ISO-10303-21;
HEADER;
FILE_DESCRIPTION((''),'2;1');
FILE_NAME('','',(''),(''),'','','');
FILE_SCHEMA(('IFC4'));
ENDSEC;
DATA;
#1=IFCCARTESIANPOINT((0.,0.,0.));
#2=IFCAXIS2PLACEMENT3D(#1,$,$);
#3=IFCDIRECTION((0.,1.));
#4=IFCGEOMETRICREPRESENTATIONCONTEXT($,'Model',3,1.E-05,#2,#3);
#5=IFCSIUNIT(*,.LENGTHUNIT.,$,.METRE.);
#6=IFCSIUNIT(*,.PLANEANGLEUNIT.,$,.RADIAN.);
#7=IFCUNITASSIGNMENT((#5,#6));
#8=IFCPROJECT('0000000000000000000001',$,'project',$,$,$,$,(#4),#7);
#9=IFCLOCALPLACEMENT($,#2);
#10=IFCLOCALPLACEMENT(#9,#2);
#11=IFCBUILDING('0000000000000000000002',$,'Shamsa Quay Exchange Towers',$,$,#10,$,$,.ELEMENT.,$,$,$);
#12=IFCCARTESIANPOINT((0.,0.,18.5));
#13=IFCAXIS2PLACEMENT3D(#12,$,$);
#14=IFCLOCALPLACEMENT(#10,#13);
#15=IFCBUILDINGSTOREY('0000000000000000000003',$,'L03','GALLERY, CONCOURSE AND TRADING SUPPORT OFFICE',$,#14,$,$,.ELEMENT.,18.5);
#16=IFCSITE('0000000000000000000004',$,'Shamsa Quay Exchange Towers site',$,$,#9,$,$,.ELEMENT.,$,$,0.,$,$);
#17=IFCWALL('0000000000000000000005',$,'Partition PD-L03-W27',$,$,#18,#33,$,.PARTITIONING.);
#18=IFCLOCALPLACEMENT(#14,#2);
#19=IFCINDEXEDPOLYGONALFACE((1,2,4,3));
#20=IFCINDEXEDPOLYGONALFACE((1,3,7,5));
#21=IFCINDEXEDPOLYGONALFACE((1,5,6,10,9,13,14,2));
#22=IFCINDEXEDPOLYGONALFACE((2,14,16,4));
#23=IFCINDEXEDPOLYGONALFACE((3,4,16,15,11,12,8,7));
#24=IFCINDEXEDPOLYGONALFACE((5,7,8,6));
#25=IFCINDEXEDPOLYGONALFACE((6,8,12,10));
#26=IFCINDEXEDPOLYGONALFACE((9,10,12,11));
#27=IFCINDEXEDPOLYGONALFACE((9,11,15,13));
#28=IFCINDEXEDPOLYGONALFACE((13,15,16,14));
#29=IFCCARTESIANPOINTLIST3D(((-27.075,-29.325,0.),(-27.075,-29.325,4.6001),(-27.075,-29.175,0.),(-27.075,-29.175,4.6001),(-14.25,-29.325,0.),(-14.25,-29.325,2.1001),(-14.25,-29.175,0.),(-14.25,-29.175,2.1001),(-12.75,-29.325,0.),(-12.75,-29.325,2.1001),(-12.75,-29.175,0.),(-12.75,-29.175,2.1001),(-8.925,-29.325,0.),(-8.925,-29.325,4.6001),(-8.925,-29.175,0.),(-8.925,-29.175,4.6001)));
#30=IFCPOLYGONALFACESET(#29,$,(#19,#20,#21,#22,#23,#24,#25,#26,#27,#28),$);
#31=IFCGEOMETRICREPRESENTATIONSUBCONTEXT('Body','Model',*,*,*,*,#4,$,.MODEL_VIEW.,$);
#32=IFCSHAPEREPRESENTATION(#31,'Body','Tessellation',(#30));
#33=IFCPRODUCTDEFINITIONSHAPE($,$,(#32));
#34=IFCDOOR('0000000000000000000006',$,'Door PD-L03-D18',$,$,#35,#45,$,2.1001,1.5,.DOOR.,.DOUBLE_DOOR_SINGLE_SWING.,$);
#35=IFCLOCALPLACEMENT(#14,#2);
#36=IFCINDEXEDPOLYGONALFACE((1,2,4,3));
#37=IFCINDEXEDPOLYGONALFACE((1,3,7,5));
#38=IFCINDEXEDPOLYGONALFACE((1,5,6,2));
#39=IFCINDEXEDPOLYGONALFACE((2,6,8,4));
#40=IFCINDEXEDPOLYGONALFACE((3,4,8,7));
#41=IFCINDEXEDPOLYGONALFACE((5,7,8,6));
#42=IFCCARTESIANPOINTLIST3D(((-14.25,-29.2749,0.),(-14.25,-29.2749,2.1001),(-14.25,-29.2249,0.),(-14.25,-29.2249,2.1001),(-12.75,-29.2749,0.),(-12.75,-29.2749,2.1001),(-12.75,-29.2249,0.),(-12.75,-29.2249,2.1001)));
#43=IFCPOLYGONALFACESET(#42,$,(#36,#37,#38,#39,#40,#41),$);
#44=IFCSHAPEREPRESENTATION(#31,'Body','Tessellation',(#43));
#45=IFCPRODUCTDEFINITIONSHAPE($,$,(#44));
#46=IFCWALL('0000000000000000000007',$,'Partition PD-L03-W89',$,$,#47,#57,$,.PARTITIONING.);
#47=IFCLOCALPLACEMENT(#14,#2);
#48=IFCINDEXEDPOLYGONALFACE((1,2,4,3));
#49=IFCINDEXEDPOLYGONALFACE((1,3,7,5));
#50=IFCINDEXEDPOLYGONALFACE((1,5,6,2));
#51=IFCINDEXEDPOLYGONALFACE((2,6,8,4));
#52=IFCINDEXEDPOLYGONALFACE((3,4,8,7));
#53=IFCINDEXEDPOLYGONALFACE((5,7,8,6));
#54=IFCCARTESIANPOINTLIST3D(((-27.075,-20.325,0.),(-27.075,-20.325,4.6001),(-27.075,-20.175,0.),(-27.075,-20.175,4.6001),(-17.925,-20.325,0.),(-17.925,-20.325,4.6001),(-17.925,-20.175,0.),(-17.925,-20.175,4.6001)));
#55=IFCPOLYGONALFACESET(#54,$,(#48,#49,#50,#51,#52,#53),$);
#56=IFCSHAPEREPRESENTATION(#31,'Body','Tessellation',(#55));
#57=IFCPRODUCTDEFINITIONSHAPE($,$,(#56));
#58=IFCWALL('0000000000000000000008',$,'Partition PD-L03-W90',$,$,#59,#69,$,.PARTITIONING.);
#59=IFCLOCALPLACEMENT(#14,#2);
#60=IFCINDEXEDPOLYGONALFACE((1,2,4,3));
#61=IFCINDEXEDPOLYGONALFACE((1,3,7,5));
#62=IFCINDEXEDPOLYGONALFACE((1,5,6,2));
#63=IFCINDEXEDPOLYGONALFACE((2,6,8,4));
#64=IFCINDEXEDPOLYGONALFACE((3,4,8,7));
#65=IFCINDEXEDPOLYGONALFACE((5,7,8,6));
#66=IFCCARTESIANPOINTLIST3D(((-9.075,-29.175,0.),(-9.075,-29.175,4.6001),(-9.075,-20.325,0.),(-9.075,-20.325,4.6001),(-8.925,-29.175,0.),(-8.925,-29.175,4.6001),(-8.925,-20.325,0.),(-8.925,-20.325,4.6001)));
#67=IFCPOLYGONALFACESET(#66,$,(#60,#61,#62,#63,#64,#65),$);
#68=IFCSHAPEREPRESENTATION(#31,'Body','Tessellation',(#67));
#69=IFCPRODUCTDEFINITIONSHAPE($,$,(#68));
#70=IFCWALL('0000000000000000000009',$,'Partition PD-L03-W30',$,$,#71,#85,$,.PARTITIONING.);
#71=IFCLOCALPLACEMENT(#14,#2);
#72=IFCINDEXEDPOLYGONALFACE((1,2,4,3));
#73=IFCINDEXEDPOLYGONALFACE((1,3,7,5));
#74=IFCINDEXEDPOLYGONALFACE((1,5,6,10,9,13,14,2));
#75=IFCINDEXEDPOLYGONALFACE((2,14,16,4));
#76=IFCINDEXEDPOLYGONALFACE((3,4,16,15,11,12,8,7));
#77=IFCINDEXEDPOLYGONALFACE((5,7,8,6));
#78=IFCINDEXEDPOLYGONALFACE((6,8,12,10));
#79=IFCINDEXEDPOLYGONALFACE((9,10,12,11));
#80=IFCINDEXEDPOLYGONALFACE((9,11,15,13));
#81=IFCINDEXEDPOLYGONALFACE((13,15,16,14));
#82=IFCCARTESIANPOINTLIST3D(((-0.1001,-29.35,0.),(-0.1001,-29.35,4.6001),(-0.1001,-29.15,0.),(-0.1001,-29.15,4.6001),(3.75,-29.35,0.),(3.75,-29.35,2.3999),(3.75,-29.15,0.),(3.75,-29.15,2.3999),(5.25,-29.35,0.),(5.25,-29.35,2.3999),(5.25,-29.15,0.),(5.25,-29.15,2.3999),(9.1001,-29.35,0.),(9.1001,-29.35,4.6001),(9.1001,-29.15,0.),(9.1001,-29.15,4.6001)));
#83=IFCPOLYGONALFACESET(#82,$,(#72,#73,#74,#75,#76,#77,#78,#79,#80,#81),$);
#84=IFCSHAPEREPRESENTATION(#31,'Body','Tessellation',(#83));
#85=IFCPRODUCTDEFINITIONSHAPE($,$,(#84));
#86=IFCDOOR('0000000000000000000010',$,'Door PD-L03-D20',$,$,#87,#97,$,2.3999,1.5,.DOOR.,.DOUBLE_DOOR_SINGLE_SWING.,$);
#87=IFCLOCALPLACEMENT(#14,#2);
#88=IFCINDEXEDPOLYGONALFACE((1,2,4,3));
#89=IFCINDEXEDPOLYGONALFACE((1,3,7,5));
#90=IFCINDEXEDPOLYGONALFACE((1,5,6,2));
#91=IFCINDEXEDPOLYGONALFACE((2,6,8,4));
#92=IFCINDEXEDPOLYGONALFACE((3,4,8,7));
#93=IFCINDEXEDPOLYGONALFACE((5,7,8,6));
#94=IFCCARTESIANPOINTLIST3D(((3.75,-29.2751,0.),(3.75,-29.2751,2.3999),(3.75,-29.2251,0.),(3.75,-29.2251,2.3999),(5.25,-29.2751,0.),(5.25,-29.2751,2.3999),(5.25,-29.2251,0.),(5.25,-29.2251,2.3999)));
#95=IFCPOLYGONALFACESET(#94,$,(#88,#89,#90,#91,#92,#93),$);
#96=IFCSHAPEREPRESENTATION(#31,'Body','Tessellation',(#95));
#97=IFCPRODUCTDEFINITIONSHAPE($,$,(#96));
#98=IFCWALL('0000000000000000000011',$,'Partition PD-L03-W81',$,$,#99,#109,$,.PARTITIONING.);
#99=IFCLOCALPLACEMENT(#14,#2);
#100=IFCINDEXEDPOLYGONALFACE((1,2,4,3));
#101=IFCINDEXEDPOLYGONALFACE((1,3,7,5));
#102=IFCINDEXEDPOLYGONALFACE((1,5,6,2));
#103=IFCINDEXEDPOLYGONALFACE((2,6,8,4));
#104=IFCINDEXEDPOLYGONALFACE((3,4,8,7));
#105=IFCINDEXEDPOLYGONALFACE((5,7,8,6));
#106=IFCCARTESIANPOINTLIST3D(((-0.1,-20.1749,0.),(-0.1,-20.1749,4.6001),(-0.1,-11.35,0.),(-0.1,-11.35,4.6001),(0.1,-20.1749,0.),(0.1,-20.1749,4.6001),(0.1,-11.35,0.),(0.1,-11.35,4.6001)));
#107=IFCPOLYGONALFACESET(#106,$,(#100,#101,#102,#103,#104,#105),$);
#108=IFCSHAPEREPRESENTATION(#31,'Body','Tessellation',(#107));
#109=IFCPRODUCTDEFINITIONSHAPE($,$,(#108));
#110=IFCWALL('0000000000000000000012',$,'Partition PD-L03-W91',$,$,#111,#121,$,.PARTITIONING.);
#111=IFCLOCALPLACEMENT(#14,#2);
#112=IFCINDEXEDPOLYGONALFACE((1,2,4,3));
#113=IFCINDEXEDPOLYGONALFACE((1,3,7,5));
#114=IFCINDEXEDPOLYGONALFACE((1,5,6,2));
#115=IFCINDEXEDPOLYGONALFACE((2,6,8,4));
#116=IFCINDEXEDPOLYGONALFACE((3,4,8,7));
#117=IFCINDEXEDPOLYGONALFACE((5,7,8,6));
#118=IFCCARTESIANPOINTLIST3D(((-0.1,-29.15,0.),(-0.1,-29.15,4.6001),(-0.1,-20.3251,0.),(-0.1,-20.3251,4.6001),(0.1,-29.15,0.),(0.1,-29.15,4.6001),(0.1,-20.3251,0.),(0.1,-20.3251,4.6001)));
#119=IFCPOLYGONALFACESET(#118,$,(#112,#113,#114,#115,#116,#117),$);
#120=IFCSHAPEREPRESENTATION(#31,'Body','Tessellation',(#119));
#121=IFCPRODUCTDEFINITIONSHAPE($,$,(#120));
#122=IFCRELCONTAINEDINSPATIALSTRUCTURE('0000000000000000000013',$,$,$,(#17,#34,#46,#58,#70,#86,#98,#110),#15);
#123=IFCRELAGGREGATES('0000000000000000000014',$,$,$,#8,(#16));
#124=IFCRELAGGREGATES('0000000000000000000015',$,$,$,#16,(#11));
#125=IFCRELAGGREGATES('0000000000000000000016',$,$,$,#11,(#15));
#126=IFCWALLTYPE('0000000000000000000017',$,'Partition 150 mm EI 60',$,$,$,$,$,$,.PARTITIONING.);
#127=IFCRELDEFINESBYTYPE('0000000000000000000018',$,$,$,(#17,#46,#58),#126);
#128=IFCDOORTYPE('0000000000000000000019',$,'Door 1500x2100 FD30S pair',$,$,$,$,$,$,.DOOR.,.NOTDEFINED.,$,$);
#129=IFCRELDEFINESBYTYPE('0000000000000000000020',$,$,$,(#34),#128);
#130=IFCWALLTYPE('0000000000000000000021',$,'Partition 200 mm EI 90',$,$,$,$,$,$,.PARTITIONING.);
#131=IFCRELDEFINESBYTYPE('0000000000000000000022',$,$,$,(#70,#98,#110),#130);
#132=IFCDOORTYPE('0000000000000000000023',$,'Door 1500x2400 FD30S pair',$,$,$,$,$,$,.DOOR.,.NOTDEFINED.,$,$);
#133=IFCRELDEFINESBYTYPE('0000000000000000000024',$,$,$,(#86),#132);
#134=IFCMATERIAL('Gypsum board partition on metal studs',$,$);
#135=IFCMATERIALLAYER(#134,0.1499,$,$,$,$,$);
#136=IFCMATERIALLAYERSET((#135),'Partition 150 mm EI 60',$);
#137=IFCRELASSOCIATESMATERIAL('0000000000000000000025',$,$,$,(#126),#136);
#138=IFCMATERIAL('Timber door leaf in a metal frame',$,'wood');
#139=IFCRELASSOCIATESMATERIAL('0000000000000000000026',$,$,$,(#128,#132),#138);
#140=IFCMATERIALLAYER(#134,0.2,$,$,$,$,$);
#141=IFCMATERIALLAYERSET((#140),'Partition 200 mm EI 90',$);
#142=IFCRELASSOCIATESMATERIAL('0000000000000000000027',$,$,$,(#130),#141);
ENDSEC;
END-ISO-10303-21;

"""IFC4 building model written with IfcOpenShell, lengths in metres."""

from ifc_helpers import new_model, si_unit, direction, frame, frame_2d, origin, place, context, subcontext, project, spatial, rectangle, extrude, material, layer, layer_set, type_object, element, fill, save


model = new_model("IFC4")

# Units and contexts
model_context = context("Model", 3, precision=1e-05, world=origin(), true_north=direction((0.0, 1.0)))
body_context = subcontext(model_context, "Body", "Model", "MODEL_VIEW")
ifc_project = project(units=[si_unit("LENGTHUNIT", "METRE"), si_unit("PLANEANGLEUNIT", "RADIAN")], contexts=[model_context])

# Site, building, storey
site_placement = place(None, origin())
site = spatial("IfcSite", under=ifc_project, at=site_placement, Name="Shamsa Quay Exchange Towers site", CompositionType="ELEMENT", RefElevation=0.0)
building_placement = place(site_placement, origin())
building = spatial("IfcBuilding", under=site, at=building_placement, Name="Shamsa Quay Exchange Towers", CompositionType="ELEMENT")
storey_placement = place(building_placement, frame((0.0, 0.0, 18.5)))
storey = spatial("IfcBuildingStorey", under=building, at=storey_placement, Name="L03", Description="GALLERY, CONCOURSE AND TRADING SUPPORT OFFICE", CompositionType="ELEMENT", Elevation=18.5)

# Wall, opening, door
ifc_material_1 = material(Name="Gypsum board partition on metal studs")
ifc_layer_1 = layer(ifc_material_1, 0.1499)
ifc_layer_set_1 = layer_set([ifc_layer_1], Name="Partition 150 mm EI 60")
wall_type_1 = type_object("IfcWallType", Name="Partition 150 mm EI 60", PredefinedType="PARTITIONING", material=ifc_layer_set_1)
wall_1_placement = place(storey_placement, frame((-8.925, -29.25, 0.0), z_axis=(0.0, 0.0, 1.0), x_axis=(-1.0, 0.0, 0.0)))
wall_1 = element("IfcWall", 1, at=wall_1_placement, inside=storey, type_object=wall_type_1, Name="Partition PD-L03-W27", PredefinedType="PARTITIONING", context=body_context, shape_type="SweptSolid", body=[
    extrude(rectangle(XDim=18.1499, YDim=0.1499, at=frame_2d((9.075, 0.0))), origin(), (0.0, 0.0, 1.0), 4.6001),
])
opening_1_placement = place(wall_1_placement, frame((3.825, 0.0, 0.0)))
opening_1 = element("IfcOpeningElement", 2, at=opening_1_placement, cuts=wall_1, PredefinedType="OPENING", context=body_context, shape_type="SweptSolid", body=[
    extrude(rectangle(XDim=1.5, YDim=2.1001, at=frame_2d((0.75, 1.05))), frame((0.0, 0.085, 0.0), z_axis=(0.0, -1.0, 0.0), x_axis=(1.0, 0.0, 0.0)), (0.0, 0.0, 1.0), 0.1699),
])
ifc_material_2 = material(Name="Timber door leaf in a metal frame", Category="wood")
door_type_1 = type_object("IfcDoorType", Name="Door 1500x2100 FD30S pair", OperationType="NOTDEFINED", PredefinedType="DOOR", material=ifc_material_2)
door_1_placement = place(opening_1_placement, origin())
door_1 = element("IfcDoor", 3, at=door_1_placement, inside=storey, type_object=door_type_1, Name="Door PD-L03-D18", OperationType="DOUBLE_DOOR_SINGLE_SWING", OverallHeight=2.1001, OverallWidth=1.5, PredefinedType="DOOR", context=body_context, shape_type="SweptSolid", body=[
    extrude(rectangle(XDim=1.5, YDim=2.1001, at=frame_2d((0.75, 1.05))), frame((0.0, 0.0249, 0.0), z_axis=(0.0, -1.0, 0.0), x_axis=(1.0, 0.0, 0.0)), (0.0, 0.0, 1.0), 0.05),
])
fill(opening_1, door_1)

# Walls
wall_2_placement = place(storey_placement, frame((-17.925, -20.25, 0.0), z_axis=(0.0, 0.0, 1.0), x_axis=(-1.0, 0.0, 0.0)))
element("IfcWall", 4, at=wall_2_placement, inside=storey, type_object=wall_type_1, Name="Partition PD-L03-W89", PredefinedType="PARTITIONING", context=body_context, shape_type="SweptSolid", body=[
    extrude(rectangle(XDim=9.1499, YDim=0.1499, at=frame_2d((4.575, 0.0))), origin(), (0.0, 0.0, 1.0), 4.6001),
])
wall_3_placement = place(storey_placement, frame((-9.0, -29.175, 0.0), z_axis=(0.0, 0.0, 1.0), x_axis=(0.0, 1.0, 0.0)))
element("IfcWall", 5, at=wall_3_placement, inside=storey, type_object=wall_type_1, Name="Partition PD-L03-W90", PredefinedType="PARTITIONING", context=body_context, shape_type="SweptSolid", body=[
    extrude(rectangle(XDim=8.8501, YDim=0.1499, at=frame_2d((4.425, 0.0))), origin(), (0.0, 0.0, 1.0), 4.6001),
])

# Wall, opening, door
ifc_layer_2 = layer(ifc_material_1, 0.2)
ifc_layer_set_2 = layer_set([ifc_layer_2], Name="Partition 200 mm EI 90")
wall_type_2 = type_object("IfcWallType", Name="Partition 200 mm EI 90", PredefinedType="PARTITIONING", material=ifc_layer_set_2)
wall_4_placement = place(storey_placement, frame((-0.1001, -29.25, 0.0)))
wall_4 = element("IfcWall", 6, at=wall_4_placement, inside=storey, type_object=wall_type_2, Name="Partition PD-L03-W30", PredefinedType="PARTITIONING", context=body_context, shape_type="SweptSolid", body=[
    extrude(rectangle(XDim=9.2002, YDim=0.2, at=frame_2d((4.6001, 0.0))), origin(), (0.0, 0.0, 1.0), 4.6001),
])
opening_2_placement = place(wall_4_placement, frame((3.8501, 0.0, 0.0)))
opening_2 = element("IfcOpeningElement", 7, at=opening_2_placement, cuts=wall_4, PredefinedType="OPENING", context=body_context, shape_type="SweptSolid", body=[
    extrude(rectangle(XDim=1.5, YDim=2.3999, at=frame_2d((0.75, 1.2))), frame((0.0, 0.1099, 0.0), z_axis=(0.0, -1.0, 0.0), x_axis=(1.0, 0.0, 0.0)), (0.0, 0.0, 1.0), 0.22),
])
door_type_2 = type_object("IfcDoorType", Name="Door 1500x2400 FD30S pair", OperationType="NOTDEFINED", PredefinedType="DOOR", material=ifc_material_2)
door_2_placement = place(opening_2_placement, origin())
door_2 = element("IfcDoor", 8, at=door_2_placement, inside=storey, type_object=door_type_2, Name="Door PD-L03-D20", OperationType="DOUBLE_DOOR_SINGLE_SWING", OverallHeight=2.3999, OverallWidth=1.5, PredefinedType="DOOR", context=body_context, shape_type="SweptSolid", body=[
    extrude(rectangle(XDim=1.5, YDim=2.3999, at=frame_2d((0.75, 1.2))), frame((0.0, 0.0249, 0.0), z_axis=(0.0, -1.0, 0.0), x_axis=(1.0, 0.0, 0.0)), (0.0, 0.0, 1.0), 0.05),
])
fill(opening_2, door_2)

# Walls
for number, where, z_axis, x_axis, name in (
    (9, (0.0, -20.175, 0.0), (0.0, 0.0, 1.0), (0.0, 1.0, 0.0), "Partition PD-L03-W81"),
    (10, (0.0, -20.325, 0.0), (0.0, 0.0, 1.0), (0.0, -1.0, 0.0), "Partition PD-L03-W91"),
):
    element("IfcWall", number, at=place(storey_placement, frame(where, z_axis=z_axis, x_axis=x_axis)), inside=storey, type_object=wall_type_2, Name=name, PredefinedType="PARTITIONING", context=body_context, shape_type="SweptSolid", body=[
        extrude(rectangle(XDim=8.825, YDim=0.2, at=frame_2d((4.4126, 0.0))), origin(), (0.0, 0.0, 1.0), 4.6001),
    ])

save(model, "model.ifc")
